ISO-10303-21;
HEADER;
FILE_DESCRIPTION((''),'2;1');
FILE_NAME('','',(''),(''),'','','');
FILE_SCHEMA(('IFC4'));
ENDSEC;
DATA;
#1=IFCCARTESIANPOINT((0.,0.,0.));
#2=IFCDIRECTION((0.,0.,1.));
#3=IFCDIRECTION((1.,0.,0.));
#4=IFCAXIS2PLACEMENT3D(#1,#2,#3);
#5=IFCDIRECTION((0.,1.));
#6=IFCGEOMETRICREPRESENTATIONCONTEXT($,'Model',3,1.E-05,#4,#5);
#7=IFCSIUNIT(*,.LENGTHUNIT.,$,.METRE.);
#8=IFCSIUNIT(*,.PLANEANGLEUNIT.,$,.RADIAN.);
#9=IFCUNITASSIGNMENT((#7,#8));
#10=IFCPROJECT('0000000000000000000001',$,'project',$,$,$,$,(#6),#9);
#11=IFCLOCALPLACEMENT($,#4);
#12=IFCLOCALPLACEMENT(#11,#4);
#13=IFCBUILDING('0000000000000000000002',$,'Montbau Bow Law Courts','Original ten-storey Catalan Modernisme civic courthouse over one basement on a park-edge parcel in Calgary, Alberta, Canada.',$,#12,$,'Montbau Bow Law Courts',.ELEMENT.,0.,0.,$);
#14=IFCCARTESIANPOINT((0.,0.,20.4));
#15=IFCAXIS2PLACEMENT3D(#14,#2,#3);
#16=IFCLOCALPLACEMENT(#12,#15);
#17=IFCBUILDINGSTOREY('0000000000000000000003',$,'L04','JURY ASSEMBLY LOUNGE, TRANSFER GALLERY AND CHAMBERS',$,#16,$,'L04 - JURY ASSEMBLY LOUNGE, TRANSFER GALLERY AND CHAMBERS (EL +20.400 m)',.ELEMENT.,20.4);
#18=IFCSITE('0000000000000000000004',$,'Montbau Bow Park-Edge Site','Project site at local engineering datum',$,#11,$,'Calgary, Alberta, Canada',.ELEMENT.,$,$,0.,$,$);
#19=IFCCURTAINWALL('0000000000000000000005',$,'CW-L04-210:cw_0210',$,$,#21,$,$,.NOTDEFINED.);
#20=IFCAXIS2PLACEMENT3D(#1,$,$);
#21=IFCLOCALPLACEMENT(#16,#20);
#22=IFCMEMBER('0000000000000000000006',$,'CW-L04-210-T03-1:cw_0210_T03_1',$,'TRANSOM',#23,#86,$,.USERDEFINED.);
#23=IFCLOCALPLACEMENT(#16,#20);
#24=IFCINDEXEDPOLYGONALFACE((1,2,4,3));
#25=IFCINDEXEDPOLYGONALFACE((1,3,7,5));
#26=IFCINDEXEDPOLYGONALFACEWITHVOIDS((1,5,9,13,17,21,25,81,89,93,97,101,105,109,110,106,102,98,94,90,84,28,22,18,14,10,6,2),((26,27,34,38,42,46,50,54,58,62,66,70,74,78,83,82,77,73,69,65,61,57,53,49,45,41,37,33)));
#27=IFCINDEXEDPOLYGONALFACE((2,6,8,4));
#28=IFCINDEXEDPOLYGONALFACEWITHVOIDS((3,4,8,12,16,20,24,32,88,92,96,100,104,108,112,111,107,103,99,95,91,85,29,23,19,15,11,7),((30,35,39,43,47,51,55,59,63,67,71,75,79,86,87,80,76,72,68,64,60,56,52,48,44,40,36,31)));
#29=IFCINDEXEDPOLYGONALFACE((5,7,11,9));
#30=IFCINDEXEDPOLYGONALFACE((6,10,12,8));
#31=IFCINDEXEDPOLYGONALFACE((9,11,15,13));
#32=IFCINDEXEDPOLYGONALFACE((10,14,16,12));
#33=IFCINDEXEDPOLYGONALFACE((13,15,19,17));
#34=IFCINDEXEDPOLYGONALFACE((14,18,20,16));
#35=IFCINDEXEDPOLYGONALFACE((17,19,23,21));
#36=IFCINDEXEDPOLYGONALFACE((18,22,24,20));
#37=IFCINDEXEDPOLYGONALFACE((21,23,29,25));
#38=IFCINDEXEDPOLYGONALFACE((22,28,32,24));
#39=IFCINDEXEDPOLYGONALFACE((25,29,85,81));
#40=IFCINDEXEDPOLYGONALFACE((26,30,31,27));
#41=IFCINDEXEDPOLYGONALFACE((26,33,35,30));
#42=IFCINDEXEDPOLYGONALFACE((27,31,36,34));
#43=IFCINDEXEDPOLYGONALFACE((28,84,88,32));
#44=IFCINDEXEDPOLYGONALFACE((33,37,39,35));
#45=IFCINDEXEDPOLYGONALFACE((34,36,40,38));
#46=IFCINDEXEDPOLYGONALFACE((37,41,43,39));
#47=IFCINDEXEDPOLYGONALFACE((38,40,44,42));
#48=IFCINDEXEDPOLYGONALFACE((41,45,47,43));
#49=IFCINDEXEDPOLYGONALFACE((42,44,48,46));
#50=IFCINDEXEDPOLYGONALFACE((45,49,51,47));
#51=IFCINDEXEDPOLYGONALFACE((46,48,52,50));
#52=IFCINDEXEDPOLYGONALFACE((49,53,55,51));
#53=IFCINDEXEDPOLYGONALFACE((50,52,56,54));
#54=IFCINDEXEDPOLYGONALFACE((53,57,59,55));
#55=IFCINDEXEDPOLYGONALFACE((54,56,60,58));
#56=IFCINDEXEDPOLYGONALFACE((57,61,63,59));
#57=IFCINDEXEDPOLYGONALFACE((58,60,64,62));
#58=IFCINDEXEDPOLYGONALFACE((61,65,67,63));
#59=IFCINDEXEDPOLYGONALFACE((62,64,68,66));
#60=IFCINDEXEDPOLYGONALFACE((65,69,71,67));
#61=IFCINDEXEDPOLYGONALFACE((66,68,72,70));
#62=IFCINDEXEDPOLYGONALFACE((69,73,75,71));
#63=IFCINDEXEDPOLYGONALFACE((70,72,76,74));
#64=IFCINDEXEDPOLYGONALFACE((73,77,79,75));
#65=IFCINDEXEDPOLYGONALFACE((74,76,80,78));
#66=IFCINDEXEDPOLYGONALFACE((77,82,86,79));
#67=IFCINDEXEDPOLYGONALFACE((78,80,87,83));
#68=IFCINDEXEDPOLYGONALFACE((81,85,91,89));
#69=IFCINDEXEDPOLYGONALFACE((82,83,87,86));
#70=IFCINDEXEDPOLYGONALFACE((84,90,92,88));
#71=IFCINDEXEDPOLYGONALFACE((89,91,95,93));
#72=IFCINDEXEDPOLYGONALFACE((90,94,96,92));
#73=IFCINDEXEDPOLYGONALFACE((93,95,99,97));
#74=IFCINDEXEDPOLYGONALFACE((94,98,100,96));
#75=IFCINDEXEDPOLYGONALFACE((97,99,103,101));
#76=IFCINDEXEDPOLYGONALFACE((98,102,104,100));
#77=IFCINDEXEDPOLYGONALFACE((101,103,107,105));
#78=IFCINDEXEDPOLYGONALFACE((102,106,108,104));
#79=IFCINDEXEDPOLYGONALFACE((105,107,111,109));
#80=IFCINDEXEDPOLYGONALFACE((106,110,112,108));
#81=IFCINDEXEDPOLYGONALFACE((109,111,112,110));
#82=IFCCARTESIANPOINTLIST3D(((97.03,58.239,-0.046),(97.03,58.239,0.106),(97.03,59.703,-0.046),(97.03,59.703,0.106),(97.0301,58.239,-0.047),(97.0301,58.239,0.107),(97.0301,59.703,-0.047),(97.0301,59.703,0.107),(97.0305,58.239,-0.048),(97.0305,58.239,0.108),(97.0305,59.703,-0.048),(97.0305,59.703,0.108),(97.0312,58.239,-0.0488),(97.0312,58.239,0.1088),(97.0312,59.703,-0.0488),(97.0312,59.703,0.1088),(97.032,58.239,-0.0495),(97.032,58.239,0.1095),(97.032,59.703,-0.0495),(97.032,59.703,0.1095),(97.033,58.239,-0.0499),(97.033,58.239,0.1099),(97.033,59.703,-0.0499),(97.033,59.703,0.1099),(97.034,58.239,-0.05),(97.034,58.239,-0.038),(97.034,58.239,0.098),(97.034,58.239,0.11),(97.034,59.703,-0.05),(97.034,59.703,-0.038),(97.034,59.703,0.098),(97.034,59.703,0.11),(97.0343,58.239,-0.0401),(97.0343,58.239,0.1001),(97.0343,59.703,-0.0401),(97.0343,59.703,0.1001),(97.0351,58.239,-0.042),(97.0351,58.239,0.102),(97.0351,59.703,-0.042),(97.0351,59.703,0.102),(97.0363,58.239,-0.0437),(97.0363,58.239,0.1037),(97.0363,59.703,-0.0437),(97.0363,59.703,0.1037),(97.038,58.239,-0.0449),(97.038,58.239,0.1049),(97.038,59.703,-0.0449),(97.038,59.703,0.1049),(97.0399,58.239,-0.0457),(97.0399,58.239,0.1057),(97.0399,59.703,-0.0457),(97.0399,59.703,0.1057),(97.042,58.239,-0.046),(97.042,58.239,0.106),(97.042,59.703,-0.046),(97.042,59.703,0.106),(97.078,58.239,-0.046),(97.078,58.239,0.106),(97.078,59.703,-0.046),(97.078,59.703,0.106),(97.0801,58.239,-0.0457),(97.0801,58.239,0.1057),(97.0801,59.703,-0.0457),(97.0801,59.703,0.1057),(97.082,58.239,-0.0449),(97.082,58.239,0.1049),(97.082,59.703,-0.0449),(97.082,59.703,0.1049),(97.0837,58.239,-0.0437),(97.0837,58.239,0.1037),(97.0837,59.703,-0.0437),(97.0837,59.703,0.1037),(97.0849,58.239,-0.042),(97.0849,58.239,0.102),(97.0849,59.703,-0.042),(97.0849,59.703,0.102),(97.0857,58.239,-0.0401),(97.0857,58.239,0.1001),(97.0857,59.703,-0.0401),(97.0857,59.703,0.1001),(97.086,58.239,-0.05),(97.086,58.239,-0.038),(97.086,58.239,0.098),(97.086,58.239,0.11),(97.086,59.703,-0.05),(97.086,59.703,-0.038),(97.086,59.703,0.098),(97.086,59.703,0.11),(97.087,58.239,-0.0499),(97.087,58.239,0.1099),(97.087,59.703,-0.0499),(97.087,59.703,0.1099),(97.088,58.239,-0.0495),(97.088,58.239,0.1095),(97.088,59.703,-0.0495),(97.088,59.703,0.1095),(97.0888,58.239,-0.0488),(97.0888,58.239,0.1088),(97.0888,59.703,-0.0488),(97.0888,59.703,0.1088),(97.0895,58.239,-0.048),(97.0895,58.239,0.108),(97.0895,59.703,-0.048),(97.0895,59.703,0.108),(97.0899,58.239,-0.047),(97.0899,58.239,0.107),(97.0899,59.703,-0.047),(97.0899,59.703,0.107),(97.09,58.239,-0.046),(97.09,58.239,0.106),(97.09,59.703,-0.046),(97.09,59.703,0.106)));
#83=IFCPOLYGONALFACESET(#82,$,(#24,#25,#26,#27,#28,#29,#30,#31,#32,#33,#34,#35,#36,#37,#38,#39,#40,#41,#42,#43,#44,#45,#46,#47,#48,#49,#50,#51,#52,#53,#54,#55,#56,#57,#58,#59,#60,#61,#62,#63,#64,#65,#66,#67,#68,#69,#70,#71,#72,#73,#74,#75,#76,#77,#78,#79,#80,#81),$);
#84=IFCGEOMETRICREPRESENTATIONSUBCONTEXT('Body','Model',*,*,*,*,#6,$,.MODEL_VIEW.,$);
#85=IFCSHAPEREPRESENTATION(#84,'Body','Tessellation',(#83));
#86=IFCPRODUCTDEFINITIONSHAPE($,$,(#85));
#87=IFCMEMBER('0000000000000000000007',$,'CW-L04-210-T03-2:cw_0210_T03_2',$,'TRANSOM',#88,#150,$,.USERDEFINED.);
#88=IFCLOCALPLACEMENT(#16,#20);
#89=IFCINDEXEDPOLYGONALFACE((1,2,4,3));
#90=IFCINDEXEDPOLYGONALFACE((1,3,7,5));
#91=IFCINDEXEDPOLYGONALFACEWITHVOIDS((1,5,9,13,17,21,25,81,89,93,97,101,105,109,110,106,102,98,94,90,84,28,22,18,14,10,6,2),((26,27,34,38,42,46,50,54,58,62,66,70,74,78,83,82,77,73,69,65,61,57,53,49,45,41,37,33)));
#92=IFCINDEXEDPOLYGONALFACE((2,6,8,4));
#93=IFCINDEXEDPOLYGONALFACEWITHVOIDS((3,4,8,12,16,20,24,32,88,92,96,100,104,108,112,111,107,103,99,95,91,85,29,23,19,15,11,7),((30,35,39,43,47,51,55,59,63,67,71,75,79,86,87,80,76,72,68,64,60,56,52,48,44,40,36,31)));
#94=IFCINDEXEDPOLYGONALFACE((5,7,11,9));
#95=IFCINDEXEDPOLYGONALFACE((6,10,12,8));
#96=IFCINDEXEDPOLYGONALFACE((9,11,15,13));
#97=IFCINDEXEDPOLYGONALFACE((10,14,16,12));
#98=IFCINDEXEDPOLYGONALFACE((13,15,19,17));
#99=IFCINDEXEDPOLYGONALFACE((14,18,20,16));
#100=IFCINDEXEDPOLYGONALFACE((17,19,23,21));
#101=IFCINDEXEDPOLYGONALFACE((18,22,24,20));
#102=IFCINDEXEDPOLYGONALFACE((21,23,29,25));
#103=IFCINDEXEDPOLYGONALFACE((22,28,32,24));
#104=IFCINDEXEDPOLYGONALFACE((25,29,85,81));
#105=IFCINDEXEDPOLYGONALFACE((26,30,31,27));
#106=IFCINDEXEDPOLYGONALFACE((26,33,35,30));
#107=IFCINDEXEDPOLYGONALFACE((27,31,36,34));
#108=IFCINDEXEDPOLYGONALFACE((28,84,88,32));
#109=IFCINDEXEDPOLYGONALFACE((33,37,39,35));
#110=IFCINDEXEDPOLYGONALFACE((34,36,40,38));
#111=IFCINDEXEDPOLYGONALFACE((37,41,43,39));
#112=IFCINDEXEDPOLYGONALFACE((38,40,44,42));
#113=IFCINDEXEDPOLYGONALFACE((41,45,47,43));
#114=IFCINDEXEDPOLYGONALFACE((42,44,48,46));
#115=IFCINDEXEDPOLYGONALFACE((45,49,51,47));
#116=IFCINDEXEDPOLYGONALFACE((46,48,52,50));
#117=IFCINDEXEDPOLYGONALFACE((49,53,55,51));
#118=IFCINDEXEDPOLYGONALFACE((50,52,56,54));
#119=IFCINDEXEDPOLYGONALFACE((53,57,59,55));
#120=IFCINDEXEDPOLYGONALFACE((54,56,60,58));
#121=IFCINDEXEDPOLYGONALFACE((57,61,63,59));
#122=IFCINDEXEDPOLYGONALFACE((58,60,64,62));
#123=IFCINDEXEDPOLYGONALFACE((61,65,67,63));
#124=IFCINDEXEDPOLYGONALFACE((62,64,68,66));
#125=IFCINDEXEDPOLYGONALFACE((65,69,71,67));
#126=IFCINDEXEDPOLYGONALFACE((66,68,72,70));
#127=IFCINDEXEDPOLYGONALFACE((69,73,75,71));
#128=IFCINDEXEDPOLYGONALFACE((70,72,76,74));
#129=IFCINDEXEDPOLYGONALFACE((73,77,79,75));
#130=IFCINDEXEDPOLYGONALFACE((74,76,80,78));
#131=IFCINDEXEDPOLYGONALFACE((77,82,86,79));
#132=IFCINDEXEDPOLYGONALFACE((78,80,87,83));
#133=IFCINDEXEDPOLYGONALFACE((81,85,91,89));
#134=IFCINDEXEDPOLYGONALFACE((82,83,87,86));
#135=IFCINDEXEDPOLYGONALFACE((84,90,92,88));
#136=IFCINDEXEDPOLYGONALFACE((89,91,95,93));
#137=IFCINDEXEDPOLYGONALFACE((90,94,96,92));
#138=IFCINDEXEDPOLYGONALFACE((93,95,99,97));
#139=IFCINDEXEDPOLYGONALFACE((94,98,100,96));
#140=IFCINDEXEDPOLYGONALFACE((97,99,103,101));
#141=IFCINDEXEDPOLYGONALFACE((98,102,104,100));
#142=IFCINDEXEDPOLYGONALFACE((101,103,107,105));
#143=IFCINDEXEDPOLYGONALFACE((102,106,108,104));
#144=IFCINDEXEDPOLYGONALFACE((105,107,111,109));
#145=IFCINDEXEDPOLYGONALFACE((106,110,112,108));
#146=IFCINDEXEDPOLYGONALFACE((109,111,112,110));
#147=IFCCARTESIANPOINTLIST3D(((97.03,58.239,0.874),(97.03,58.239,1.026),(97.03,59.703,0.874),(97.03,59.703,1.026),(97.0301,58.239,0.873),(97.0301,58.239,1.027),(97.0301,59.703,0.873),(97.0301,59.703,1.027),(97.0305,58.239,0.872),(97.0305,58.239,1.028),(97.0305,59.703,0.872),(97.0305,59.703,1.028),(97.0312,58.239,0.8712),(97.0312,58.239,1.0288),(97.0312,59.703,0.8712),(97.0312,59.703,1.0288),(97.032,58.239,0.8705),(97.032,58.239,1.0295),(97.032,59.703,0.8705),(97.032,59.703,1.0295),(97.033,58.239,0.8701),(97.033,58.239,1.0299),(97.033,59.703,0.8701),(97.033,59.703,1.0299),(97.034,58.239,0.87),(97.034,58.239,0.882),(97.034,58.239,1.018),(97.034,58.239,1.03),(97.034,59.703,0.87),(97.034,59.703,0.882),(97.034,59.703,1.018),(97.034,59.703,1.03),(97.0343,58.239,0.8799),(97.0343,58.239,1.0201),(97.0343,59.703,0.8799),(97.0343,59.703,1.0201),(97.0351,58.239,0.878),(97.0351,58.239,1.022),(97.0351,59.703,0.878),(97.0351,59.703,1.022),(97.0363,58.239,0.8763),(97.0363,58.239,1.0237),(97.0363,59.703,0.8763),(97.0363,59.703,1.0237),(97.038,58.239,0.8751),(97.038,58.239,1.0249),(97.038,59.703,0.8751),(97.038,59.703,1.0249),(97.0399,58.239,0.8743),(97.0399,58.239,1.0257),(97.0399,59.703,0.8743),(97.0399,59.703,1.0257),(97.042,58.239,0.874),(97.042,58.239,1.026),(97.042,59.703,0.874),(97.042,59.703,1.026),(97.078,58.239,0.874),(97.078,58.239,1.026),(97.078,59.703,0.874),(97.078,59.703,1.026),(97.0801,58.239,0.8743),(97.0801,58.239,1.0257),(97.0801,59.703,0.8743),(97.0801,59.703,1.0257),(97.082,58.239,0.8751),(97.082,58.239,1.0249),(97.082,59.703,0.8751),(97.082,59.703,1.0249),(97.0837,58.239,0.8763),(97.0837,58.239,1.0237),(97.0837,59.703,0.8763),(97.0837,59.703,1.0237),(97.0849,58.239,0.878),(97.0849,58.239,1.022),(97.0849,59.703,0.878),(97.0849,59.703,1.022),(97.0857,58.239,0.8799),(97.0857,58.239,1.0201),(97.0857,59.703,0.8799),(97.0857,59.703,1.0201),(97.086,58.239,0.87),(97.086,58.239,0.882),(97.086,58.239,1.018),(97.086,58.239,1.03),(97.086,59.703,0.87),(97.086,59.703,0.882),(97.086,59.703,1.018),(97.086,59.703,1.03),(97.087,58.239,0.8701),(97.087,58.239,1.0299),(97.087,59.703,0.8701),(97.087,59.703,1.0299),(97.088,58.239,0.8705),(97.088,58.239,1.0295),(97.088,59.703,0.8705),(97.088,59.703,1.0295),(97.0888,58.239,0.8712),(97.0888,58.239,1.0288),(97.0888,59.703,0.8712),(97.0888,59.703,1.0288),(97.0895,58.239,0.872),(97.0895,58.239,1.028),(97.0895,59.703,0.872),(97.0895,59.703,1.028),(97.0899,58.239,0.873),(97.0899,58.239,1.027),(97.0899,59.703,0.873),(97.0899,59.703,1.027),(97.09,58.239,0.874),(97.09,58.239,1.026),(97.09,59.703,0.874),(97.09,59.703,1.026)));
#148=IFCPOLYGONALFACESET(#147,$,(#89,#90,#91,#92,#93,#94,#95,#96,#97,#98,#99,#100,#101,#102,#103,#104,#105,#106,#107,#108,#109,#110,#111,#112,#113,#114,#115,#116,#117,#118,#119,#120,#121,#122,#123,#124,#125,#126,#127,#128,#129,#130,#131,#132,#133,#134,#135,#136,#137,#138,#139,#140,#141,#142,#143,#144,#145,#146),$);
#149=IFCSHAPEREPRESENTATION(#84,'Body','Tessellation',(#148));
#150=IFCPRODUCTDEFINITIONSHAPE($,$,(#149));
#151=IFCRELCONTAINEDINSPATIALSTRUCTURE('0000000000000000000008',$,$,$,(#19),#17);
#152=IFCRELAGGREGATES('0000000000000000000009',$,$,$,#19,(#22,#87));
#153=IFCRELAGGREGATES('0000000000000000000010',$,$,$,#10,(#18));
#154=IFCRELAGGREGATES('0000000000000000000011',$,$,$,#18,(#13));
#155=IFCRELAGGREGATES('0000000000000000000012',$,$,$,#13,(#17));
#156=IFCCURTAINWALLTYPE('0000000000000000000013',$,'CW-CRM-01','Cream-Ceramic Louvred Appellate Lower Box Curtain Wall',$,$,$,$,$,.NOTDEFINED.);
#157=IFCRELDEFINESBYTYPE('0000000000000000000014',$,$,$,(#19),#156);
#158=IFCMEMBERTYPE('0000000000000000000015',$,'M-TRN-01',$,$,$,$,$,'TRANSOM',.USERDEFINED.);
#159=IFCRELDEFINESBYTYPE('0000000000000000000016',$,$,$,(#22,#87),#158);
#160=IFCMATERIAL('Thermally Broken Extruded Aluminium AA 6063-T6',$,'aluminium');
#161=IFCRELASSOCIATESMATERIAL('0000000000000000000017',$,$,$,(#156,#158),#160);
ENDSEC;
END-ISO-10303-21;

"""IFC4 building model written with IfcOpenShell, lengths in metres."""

from ifc_helpers import new_model, si_unit, direction, frame, origin_with_axes, origin_2d_with_axis, place, context, subcontext, project, spatial, hollow_rectangle, extrude, material, material_profile, profile_set, type_object, element, aggregate, save


model = new_model("IFC4")

# Units and contexts
model_context = context("Model", 3, precision=1e-05, world=origin_with_axes(), true_north=direction((0.0, 1.0)))
body_context = subcontext(model_context, "Body", "Model", "MODEL_VIEW")
ifc_project = project(units=[si_unit("LENGTHUNIT", "METRE"), si_unit("PLANEANGLEUNIT", "RADIAN")], contexts=[model_context])

# Site, building, storey
site_placement = place(None, origin_with_axes())
site = spatial("IfcSite", under=ifc_project, at=site_placement, Name="Montbau Bow Park-Edge Site", Description="Project site at local engineering datum", LongName="Calgary, Alberta, Canada", CompositionType="ELEMENT", RefElevation=0.0)
building_placement = place(site_placement, origin_with_axes())
building = spatial("IfcBuilding", under=site, at=building_placement, Name="Montbau Bow Law Courts", Description="Original ten-storey Catalan Modernisme civic courthouse over one basement on a park-edge parcel in Calgary, Alberta, Canada.", LongName="Montbau Bow Law Courts", CompositionType="ELEMENT", ElevationOfRefHeight=0.0, ElevationOfTerrain=0.0)
storey_placement = place(building_placement, frame((0.0, 0.0, 20.4), z_axis=(0.0, 0.0, 1.0), x_axis=(1.0, 0.0, 0.0)))
storey = spatial("IfcBuildingStorey", under=building, at=storey_placement, Name="L04", Description="JURY ASSEMBLY LOUNGE, TRANSFER GALLERY AND CHAMBERS", LongName="L04 - JURY ASSEMBLY LOUNGE, TRANSFER GALLERY AND CHAMBERS (EL +20.400 m)", CompositionType="ELEMENT", Elevation=20.4)

# Curtain wall
ifc_material_1 = material(Name="Thermally Broken Extruded Aluminium AA 6063-T6", Category="aluminium")
curtain_wall_type = type_object("IfcCurtainWallType", Name="CW-CRM-01", Description="Cream-Ceramic Louvred Appellate Lower Box Curtain Wall", PredefinedType="NOTDEFINED", material=ifc_material_1)
curtain_wall_1_placement = place(None, frame((97.06, 55.115, 20.4), z_axis=(0.0, 0.0, 1.0), x_axis=(1.0, 0.0, 0.0)))
curtain_wall_1 = element("IfcCurtainWall", 1, at=curtain_wall_1_placement, inside=storey, type_object=curtain_wall_type, Name="CW-L04-210:cw_0210", PredefinedType="NOTDEFINED")

# Members
ifc_material_profile_1 = material_profile(ifc_material_1, hollow_rectangle(XDim=0.06, YDim=0.16, WallThickness=0.004, InnerFilletRadius=0.008, OuterFilletRadius=0.004, at=origin_2d_with_axis()), Name="CWT-160X60", Category="Main", Priority=0)
ifc_profile_set_1 = profile_set([ifc_material_profile_1], Name="Thermally Broken Extruded Aluminium AA 6063-T6")
member_type_1 = type_object("IfcMemberType", Name="M-TRN-01", ElementType="TRANSOM", PredefinedType="USERDEFINED", material=ifc_profile_set_1)
member_1_placement = place(None, frame((97.06, 58.239, 20.43), z_axis=(0.0, 1.0, 0.0), x_axis=(-1.0, 0.0, 0.0)))
member_1 = element("IfcMember", 2, at=member_1_placement, type_object=member_type_1, Name="CW-L04-210-T03-1:cw_0210_T03_1", ObjectType="TRANSOM", PredefinedType="USERDEFINED", context=body_context, shape_type="SweptSolid", body=[
    extrude(hollow_rectangle(XDim=0.06, YDim=0.16, WallThickness=0.004, InnerFilletRadius=0.008, OuterFilletRadius=0.004, at=origin_2d_with_axis()), origin_with_axes(), (0.0, 0.0, 1.0), 1.464),
])
member_2_placement = place(None, frame((97.06, 58.239, 21.35), z_axis=(0.0, 1.0, 0.0), x_axis=(-1.0, 0.0, 0.0)))
member_2 = element("IfcMember", 3, at=member_2_placement, type_object=member_type_1, Name="CW-L04-210-T03-2:cw_0210_T03_2", ObjectType="TRANSOM", PredefinedType="USERDEFINED", context=body_context, shape_type="SweptSolid", body=[
    extrude(hollow_rectangle(XDim=0.06, YDim=0.16, WallThickness=0.004, InnerFilletRadius=0.008, OuterFilletRadius=0.004, at=origin_2d_with_axis()), origin_with_axes(), (0.0, 0.0, 1.0), 1.464),
])

aggregate(curtain_wall_1, [member_1, member_2])

save(model, "model.ifc")
